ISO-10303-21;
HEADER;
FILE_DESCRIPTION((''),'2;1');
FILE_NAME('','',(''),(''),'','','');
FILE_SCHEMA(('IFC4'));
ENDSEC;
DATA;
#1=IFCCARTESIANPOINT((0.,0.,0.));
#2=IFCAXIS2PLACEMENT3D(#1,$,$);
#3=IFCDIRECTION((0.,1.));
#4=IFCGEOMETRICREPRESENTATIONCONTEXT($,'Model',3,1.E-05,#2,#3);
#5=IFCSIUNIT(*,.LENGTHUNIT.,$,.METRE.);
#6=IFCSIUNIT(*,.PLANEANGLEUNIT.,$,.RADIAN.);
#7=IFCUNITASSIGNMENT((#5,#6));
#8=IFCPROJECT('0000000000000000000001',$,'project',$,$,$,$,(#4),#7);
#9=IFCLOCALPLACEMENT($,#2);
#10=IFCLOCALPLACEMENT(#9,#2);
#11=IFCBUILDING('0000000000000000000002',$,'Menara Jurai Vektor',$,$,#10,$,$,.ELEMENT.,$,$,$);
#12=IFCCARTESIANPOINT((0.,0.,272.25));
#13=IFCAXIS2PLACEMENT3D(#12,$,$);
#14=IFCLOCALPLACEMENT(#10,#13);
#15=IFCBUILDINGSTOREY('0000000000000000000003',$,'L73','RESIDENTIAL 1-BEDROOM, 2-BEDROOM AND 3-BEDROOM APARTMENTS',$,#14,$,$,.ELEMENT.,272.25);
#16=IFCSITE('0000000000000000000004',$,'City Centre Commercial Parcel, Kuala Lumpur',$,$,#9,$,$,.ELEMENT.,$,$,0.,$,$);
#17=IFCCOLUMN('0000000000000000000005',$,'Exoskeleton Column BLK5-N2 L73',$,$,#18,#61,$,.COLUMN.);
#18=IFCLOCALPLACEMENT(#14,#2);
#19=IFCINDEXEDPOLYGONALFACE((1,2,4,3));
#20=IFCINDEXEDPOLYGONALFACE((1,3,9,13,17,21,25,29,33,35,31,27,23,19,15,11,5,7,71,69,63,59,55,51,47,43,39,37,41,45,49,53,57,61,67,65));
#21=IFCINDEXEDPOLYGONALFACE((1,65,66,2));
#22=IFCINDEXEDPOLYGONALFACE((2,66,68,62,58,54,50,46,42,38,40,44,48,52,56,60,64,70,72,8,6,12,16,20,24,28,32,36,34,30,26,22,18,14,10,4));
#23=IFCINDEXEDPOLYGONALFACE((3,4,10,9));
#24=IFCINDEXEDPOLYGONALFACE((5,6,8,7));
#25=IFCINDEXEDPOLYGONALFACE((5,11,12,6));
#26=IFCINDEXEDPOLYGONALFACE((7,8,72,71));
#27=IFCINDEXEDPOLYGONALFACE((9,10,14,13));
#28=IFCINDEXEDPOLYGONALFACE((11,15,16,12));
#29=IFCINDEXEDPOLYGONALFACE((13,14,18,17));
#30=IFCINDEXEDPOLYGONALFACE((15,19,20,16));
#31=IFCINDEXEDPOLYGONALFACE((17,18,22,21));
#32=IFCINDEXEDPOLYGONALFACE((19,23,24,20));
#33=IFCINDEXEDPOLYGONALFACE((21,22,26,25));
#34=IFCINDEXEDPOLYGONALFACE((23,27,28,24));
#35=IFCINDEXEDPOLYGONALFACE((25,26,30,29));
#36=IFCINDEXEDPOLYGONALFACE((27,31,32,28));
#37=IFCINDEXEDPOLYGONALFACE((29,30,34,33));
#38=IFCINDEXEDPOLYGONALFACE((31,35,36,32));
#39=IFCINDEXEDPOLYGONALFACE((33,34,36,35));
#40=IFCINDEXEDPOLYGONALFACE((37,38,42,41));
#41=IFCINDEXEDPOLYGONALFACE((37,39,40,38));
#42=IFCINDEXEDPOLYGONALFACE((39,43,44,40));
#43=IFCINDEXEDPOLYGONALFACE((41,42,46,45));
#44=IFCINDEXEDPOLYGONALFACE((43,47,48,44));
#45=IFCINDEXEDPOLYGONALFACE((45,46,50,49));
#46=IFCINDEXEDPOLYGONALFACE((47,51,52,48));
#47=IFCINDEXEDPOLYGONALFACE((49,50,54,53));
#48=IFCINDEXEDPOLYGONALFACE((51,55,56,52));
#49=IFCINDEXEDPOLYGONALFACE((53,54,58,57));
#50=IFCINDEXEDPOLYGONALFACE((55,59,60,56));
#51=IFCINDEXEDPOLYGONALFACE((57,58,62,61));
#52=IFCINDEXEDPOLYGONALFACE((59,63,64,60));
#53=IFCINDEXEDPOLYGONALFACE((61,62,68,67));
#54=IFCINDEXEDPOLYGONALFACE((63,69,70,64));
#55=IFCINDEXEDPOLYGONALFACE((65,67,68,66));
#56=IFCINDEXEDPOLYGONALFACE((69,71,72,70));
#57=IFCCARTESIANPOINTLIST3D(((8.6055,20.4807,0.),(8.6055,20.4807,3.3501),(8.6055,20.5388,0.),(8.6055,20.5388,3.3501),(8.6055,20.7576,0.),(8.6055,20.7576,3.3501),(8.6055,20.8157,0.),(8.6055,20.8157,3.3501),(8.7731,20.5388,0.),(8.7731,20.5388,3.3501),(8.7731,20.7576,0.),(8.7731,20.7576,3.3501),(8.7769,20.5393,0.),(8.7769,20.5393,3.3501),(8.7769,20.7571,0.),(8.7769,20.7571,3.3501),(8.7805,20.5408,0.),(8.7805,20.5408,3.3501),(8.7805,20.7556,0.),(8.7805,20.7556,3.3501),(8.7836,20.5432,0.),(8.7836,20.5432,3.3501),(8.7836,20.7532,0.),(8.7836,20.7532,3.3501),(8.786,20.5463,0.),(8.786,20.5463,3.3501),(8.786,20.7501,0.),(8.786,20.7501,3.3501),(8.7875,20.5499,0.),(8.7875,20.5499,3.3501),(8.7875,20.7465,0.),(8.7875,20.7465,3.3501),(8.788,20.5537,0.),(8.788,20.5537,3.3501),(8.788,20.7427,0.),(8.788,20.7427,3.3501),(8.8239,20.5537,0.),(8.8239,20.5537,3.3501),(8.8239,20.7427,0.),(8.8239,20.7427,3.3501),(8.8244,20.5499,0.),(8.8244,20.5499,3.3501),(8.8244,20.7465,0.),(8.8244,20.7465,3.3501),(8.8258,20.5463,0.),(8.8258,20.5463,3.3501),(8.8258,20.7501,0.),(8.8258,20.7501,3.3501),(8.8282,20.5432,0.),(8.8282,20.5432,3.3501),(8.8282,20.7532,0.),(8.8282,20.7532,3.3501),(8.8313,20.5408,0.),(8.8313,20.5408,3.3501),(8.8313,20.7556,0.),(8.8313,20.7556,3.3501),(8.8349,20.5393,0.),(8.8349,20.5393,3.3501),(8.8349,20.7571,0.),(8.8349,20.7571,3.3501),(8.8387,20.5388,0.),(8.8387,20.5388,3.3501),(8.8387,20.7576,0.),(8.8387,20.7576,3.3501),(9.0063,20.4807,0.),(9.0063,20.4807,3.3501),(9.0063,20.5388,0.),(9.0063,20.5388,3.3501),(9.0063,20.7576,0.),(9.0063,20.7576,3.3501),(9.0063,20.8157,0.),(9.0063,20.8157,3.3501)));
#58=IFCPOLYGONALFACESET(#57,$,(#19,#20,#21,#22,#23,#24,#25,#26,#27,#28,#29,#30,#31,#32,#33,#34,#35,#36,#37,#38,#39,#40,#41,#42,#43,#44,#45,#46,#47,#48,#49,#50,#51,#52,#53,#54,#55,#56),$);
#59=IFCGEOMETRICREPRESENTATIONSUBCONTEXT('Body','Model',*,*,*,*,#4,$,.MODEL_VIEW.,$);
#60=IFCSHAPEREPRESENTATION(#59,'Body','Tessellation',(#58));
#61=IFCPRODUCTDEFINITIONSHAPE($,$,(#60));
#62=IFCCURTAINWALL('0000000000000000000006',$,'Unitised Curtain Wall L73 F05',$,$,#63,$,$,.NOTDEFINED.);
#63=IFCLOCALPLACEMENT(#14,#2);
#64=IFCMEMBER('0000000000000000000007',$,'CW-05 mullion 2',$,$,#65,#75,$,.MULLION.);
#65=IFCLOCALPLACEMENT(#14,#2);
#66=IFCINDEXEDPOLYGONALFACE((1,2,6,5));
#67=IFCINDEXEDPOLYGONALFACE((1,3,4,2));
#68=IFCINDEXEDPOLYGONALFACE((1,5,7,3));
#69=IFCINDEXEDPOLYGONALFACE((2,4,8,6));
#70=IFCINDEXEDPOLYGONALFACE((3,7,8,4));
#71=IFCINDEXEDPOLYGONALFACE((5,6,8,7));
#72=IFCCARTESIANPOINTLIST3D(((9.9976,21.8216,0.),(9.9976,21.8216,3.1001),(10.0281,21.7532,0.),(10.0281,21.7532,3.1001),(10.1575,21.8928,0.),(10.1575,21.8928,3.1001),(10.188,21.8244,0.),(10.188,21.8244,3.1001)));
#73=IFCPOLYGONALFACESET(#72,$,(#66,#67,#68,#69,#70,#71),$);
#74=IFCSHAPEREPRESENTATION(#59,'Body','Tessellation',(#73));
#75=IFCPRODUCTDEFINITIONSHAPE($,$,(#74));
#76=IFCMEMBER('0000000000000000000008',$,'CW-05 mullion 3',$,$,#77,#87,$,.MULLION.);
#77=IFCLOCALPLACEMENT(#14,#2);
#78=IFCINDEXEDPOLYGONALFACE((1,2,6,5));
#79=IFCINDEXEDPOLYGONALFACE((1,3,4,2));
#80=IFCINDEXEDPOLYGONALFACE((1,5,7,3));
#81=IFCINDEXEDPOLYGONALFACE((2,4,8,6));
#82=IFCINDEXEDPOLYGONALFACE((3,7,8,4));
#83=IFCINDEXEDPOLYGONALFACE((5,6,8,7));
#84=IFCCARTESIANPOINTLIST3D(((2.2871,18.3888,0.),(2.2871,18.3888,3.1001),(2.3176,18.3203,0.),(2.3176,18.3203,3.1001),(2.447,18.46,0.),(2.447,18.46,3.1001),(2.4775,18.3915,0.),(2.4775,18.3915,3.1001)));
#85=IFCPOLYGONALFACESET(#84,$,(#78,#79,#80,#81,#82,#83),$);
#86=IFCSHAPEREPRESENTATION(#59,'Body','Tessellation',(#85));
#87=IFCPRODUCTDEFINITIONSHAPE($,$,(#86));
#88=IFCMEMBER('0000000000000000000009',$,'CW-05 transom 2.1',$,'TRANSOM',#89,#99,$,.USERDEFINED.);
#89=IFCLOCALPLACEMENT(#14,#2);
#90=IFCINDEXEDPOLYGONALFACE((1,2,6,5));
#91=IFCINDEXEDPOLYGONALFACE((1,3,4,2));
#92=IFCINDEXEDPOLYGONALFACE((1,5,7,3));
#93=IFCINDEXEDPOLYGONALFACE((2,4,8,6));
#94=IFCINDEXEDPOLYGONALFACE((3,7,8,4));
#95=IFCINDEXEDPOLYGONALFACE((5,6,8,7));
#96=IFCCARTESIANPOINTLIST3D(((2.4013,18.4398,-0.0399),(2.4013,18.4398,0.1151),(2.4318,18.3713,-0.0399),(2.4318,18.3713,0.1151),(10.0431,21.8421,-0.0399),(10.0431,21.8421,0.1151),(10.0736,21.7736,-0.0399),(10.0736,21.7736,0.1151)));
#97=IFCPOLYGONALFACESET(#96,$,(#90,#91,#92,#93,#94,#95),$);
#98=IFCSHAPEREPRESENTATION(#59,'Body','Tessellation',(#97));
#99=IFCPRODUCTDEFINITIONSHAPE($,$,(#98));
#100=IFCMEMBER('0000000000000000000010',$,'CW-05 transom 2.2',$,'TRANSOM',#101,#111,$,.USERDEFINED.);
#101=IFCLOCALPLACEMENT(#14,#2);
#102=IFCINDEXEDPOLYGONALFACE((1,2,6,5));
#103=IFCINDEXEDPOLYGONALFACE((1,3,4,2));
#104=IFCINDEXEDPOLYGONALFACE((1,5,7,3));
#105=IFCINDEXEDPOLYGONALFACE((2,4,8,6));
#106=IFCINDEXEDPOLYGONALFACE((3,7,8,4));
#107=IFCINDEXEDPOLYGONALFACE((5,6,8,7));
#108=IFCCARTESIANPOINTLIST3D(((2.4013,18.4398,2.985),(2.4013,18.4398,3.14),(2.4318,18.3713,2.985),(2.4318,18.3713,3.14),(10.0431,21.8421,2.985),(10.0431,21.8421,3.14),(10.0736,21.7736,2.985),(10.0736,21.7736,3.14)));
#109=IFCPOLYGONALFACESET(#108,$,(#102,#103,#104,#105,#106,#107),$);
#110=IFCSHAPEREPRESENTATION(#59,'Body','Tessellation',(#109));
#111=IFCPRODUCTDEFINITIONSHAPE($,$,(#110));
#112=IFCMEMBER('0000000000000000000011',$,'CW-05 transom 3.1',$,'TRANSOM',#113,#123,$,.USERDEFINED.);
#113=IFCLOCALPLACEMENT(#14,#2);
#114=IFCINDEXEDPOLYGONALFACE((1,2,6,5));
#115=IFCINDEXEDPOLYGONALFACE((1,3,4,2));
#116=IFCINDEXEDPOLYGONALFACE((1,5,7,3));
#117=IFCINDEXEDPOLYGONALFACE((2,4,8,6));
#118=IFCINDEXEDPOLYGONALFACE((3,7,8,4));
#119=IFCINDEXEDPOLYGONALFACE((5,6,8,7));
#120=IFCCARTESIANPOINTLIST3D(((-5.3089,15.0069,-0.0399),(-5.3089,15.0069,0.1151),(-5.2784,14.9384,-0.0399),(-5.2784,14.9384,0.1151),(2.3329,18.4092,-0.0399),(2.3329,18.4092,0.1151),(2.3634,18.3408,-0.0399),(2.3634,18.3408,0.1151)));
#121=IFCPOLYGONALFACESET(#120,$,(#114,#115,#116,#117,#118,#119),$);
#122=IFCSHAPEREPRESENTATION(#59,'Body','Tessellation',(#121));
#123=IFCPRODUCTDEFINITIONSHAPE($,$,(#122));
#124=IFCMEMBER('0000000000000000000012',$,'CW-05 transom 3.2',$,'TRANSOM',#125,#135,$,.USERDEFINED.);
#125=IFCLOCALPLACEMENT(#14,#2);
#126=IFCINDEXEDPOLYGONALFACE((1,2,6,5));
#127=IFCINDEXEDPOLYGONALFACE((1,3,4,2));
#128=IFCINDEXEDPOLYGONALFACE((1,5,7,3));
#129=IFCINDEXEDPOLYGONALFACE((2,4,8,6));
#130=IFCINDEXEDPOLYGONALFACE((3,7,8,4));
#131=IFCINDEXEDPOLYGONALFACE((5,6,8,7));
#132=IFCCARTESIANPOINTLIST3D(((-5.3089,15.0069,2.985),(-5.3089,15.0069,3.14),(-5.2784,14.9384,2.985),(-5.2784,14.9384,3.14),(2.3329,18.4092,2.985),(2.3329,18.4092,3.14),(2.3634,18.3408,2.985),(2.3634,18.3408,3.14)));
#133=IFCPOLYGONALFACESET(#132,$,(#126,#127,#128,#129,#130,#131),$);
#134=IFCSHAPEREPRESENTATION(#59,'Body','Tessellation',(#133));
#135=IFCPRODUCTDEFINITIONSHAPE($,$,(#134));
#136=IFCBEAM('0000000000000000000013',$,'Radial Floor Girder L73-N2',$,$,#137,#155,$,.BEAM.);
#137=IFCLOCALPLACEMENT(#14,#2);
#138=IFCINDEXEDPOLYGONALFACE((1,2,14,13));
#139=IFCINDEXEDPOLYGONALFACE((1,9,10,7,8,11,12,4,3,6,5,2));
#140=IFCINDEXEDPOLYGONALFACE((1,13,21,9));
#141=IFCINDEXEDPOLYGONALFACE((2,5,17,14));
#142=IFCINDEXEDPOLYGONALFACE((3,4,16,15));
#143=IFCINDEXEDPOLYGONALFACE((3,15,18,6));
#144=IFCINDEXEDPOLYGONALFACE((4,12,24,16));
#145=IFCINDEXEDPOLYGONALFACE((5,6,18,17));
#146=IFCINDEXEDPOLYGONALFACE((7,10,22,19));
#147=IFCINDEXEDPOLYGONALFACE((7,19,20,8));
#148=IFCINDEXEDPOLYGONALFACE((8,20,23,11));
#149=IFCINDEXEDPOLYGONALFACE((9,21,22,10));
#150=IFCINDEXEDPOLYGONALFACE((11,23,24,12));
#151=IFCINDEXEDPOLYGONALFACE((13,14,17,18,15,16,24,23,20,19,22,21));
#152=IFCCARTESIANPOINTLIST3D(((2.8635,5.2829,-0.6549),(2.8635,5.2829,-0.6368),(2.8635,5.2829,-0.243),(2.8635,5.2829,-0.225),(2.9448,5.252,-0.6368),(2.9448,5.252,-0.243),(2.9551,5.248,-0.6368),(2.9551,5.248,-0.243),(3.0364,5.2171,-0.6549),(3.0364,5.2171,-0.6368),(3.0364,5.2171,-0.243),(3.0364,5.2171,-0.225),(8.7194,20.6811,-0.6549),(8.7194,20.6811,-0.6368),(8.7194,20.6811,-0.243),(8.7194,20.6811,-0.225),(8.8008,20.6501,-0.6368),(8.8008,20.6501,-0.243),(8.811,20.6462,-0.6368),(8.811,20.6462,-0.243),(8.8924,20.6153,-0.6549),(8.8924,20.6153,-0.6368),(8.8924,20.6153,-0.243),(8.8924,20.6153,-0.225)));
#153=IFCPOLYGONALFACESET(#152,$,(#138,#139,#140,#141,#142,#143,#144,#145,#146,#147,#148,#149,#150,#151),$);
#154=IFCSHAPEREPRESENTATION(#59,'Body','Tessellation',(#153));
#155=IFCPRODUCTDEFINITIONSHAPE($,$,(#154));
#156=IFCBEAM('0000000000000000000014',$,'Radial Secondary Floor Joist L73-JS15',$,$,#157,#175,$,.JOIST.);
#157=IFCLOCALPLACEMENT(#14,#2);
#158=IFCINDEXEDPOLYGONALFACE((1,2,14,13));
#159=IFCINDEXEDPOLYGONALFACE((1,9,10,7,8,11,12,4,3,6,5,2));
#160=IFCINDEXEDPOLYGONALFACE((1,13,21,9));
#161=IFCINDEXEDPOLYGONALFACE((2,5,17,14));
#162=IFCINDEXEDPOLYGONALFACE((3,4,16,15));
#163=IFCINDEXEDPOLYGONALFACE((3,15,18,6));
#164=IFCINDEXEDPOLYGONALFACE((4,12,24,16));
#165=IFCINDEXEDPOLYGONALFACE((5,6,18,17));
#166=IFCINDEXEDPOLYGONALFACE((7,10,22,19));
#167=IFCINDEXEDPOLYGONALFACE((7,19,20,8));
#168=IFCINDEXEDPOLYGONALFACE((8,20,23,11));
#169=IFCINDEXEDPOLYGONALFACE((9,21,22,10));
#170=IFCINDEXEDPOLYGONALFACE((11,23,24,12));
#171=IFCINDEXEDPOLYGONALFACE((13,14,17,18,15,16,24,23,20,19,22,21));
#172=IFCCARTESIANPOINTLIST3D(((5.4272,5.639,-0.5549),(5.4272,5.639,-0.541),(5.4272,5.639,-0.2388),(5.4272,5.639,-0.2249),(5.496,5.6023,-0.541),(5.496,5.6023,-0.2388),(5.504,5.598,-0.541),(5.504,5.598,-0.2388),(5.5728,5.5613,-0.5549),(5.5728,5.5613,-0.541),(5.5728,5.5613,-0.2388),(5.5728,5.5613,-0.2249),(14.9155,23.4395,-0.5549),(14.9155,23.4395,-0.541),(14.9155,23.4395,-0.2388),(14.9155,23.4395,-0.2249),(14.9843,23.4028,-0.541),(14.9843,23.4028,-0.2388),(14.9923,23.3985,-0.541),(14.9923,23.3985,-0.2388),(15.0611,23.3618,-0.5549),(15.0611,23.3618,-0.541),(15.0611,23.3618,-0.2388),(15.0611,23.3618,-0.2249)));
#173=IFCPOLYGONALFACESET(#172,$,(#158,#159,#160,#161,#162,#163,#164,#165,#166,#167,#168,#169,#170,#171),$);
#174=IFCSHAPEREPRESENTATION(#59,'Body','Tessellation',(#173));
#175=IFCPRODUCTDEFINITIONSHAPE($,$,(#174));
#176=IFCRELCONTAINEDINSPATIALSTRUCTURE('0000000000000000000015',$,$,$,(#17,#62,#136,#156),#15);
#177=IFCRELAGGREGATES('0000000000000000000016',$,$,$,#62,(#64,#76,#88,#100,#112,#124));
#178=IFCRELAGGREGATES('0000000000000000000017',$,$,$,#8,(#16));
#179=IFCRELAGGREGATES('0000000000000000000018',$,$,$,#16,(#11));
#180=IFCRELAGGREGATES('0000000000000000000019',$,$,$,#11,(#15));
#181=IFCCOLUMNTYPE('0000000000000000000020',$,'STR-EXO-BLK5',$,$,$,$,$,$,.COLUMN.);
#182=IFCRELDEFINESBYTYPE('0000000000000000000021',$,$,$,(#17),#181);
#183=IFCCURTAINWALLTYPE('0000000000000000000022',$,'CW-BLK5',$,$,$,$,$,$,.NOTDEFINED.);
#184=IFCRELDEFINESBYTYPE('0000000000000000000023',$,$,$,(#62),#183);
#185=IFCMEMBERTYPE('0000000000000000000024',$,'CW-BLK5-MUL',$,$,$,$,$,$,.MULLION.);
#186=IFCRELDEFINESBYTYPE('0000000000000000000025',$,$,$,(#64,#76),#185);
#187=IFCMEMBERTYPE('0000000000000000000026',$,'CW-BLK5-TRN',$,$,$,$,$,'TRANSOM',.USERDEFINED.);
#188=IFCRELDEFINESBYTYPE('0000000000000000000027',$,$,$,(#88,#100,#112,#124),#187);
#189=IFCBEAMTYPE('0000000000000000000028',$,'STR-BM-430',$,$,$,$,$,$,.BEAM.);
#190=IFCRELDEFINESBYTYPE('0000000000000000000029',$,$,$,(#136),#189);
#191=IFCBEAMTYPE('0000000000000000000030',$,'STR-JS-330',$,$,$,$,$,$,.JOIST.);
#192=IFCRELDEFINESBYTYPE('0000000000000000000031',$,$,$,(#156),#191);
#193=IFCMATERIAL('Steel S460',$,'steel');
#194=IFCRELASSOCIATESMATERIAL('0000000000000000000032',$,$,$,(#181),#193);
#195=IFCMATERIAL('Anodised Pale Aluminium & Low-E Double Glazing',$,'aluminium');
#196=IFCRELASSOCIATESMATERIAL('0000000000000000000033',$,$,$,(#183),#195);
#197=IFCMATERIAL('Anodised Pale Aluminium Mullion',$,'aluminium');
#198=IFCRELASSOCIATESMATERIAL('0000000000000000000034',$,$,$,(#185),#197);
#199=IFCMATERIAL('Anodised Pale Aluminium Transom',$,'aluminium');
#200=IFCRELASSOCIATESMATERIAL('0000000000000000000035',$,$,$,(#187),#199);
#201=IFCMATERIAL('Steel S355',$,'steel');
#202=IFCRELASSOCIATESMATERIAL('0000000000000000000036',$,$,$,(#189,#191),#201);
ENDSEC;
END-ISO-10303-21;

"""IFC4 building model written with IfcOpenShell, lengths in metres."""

from ifc_helpers import new_model, si_unit, direction, frame, origin, origin_2d, place, context, subcontext, project, spatial, rectangle, i_section, extrude, material, material_profile, profile_set, type_object, element, aggregate, save


model = new_model("IFC4")

# Units and contexts
model_context = context("Model", 3, precision=1e-05, world=origin(), true_north=direction((0.0, 1.0)))
body_context = subcontext(model_context, "Body", "Model", "MODEL_VIEW")
ifc_project = project(units=[si_unit("LENGTHUNIT", "METRE"), si_unit("PLANEANGLEUNIT", "RADIAN")], contexts=[model_context])

# Site, building, storey
site_placement = place(None, origin())
site = spatial("IfcSite", under=ifc_project, at=site_placement, Name="City Centre Commercial Parcel, Kuala Lumpur", CompositionType="ELEMENT", RefElevation=0.0)
building_placement = place(site_placement, origin())
building = spatial("IfcBuilding", under=site, at=building_placement, Name="Menara Jurai Vektor", CompositionType="ELEMENT")
storey_placement = place(building_placement, frame((0.0, 0.0, 272.25)))
storey = spatial("IfcBuildingStorey", under=building, at=storey_placement, Name="L73", Description="RESIDENTIAL 1-BEDROOM, 2-BEDROOM AND 3-BEDROOM APARTMENTS", CompositionType="ELEMENT", Elevation=272.25)

# Column
ifc_material_1 = material(Name="Steel S460", Category="steel")
ifc_material_profile_1 = material_profile(ifc_material_1, i_section(OverallWidth=0.4009, OverallDepth=0.335, WebThickness=0.0359, FlangeThickness=0.0581, FilletRadius=0.0149, at=origin_2d()), Name="HD 400x463")
ifc_profile_set_1 = profile_set([ifc_material_profile_1], Name="Steel S460")
column_type = type_object("IfcColumnType", Name="STR-EXO-BLK5", PredefinedType="COLUMN", material=ifc_profile_set_1)
column_placement = place(storey_placement, frame((8.8059, 20.6482, 0.0), z_axis=(0.0, 0.0, 1.0), x_axis=(1.0, 0.0, 0.0)))
element("IfcColumn", 1, at=column_placement, inside=storey, type_object=column_type, Name="Exoskeleton Column BLK5-N2 L73", PredefinedType="COLUMN", context=body_context, shape_type="SweptSolid", body=[
    extrude(i_section(OverallWidth=0.4009, OverallDepth=0.335, WebThickness=0.0359, FlangeThickness=0.0581, FilletRadius=0.0149, at=origin_2d()), origin(), (0.0, 0.0, 1.0), 3.3501),
])

# Curtain wall, members
ifc_material_2 = material(Name="Anodised Pale Aluminium & Low-E Double Glazing", Category="aluminium")
curtain_wall_type = type_object("IfcCurtainWallType", Name="CW-BLK5", PredefinedType="NOTDEFINED", material=ifc_material_2)
curtain_wall_placement = place(storey_placement, origin())
curtain_wall = element("IfcCurtainWall", 2, at=curtain_wall_placement, inside=storey, type_object=curtain_wall_type, Name="Unitised Curtain Wall L73 F05", PredefinedType="NOTDEFINED")
ifc_material_3 = material(Name="Anodised Pale Aluminium Mullion", Category="aluminium")
ifc_material_profile_2 = material_profile(ifc_material_3, rectangle(XDim=0.075, YDim=0.175, at=origin_2d()), Name="ALU MUL 75x175")
ifc_profile_set_2 = profile_set([ifc_material_profile_2], Name="Anodised Pale Aluminium Mullion")
member_type_1 = type_object("IfcMemberType", Name="CW-BLK5-MUL", PredefinedType="MULLION", material=ifc_profile_set_2)
member_1_placement = place(storey_placement, frame((10.0928, 21.823, 0.0), z_axis=(0.0, 0.0, 1.0), x_axis=(0.406735, -0.913546, 0.0)))
member_1 = element("IfcMember", 3, at=member_1_placement, type_object=member_type_1, Name="CW-05 mullion 2", PredefinedType="MULLION", context=body_context, shape_type="SweptSolid", body=[
    extrude(rectangle(XDim=0.075, YDim=0.175, at=origin_2d()), origin(), (0.0, 0.0, 1.0), 3.1001),
])
member_2_placement = place(storey_placement, frame((2.3823, 18.3901, 0.0), z_axis=(0.0, 0.0, 1.0), x_axis=(0.406735, -0.913546, 0.0)))
member_2 = element("IfcMember", 4, at=member_2_placement, type_object=member_type_1, Name="CW-05 mullion 3", PredefinedType="MULLION", context=body_context, shape_type="SweptSolid", body=[
    extrude(rectangle(XDim=0.075, YDim=0.175, at=origin_2d()), origin(), (0.0, 0.0, 1.0), 3.1001),
])
ifc_material_4 = material(Name="Anodised Pale Aluminium Transom", Category="aluminium")
ifc_material_profile_3 = material_profile(ifc_material_4, rectangle(XDim=0.075, YDim=0.155, at=origin_2d()), Name="ALU TRN 75x155")
ifc_profile_set_3 = profile_set([ifc_material_profile_3], Name="Anodised Pale Aluminium Transom")
member_type_2 = type_object("IfcMemberType", Name="CW-BLK5-TRN", ElementType="TRANSOM", PredefinedType="USERDEFINED", material=ifc_profile_set_3)
member_3_placement = place(storey_placement, frame((10.0583, 21.8079, 0.0376), z_axis=(-0.913547, -0.406734, 0.0), x_axis=(0.406734, -0.913547, 0.0)))
member_3 = element("IfcMember", 5, at=member_3_placement, type_object=member_type_2, Name="CW-05 transom 2.1", ObjectType="TRANSOM", PredefinedType="USERDEFINED", context=body_context, shape_type="SweptSolid", body=[
    extrude(rectangle(XDim=0.075, YDim=0.155, at=origin_2d()), origin(), (0.0, 0.0, 1.0), 8.365),
])
member_4_placement = place(storey_placement, frame((10.0583, 21.8079, 3.0625), z_axis=(-0.913547, -0.406734, 0.0), x_axis=(0.406734, -0.913547, 0.0)))
member_4 = element("IfcMember", 6, at=member_4_placement, type_object=member_type_2, Name="CW-05 transom 2.2", ObjectType="TRANSOM", PredefinedType="USERDEFINED", context=body_context, shape_type="SweptSolid", body=[
    extrude(rectangle(XDim=0.075, YDim=0.155, at=origin_2d()), origin(), (0.0, 0.0, 1.0), 8.365),
])
member_5_placement = place(storey_placement, frame((2.3481, 18.375, 0.0376), z_axis=(-0.913547, -0.406734, 0.0), x_axis=(0.406734, -0.913547, 0.0)))
member_5 = element("IfcMember", 7, at=member_5_placement, type_object=member_type_2, Name="CW-05 transom 3.1", ObjectType="TRANSOM", PredefinedType="USERDEFINED", context=body_context, shape_type="SweptSolid", body=[
    extrude(rectangle(XDim=0.075, YDim=0.155, at=origin_2d()), origin(), (0.0, 0.0, 1.0), 8.365),
])
member_6_placement = place(storey_placement, frame((2.3481, 18.375, 3.0625), z_axis=(-0.913547, -0.406734, 0.0), x_axis=(0.406734, -0.913547, 0.0)))
member_6 = element("IfcMember", 8, at=member_6_placement, type_object=member_type_2, Name="CW-05 transom 3.2", ObjectType="TRANSOM", PredefinedType="USERDEFINED", context=body_context, shape_type="SweptSolid", body=[
    extrude(rectangle(XDim=0.075, YDim=0.155, at=origin_2d()), origin(), (0.0, 0.0, 1.0), 8.365),
])

# Beams
ifc_material_5 = material(Name="Steel S355", Category="steel")
ifc_material_profile_4 = material_profile(ifc_material_5, i_section(OverallWidth=0.1851, OverallDepth=0.4299, WebThickness=0.011, FlangeThickness=0.0181, at=origin_2d()), Name="PG 430x185x76")
ifc_profile_set_4 = profile_set([ifc_material_profile_4], Name="Steel S355")
beam_type_1 = type_object("IfcBeamType", Name="STR-BM-430", PredefinedType="BEAM", material=ifc_profile_set_4)
beam_1_placement = place(storey_placement, frame((8.8059, 20.6482, -0.4399), z_axis=(-0.355464, -0.93469, 0.0), x_axis=(0.93469, -0.355464, 0.0)))
element("IfcBeam", 9, at=beam_1_placement, inside=storey, type_object=beam_type_1, Name="Radial Floor Girder L73-N2", PredefinedType="BEAM", context=body_context, shape_type="SweptSolid", body=[
    extrude(i_section(OverallWidth=0.1851, OverallDepth=0.4299, WebThickness=0.011, FlangeThickness=0.0181, at=origin_2d()), origin(), (0.0, 0.0, 1.0), 16.4741),
])
ifc_material_profile_5 = material_profile(ifc_material_5, i_section(OverallWidth=0.165, OverallDepth=0.3301, WebThickness=0.009, FlangeThickness=0.0139, at=origin_2d()), Name="PG 330x165x46")
ifc_profile_set_5 = profile_set([ifc_material_profile_5], Name="Steel S355")
beam_type_2 = type_object("IfcBeamType", Name="STR-JS-330", PredefinedType="JOIST", material=ifc_profile_set_5)
beam_2_placement = place(storey_placement, frame((14.9883, 23.4006, -0.3899), z_axis=(-0.470382, -0.882463, 0.0), x_axis=(0.882463, -0.470382, 0.0)))
element("IfcBeam", 10, at=beam_2_placement, inside=storey, type_object=beam_type_2, Name="Radial Secondary Floor Joist L73-JS15", PredefinedType="JOIST", context=body_context, shape_type="SweptSolid", body=[
    extrude(i_section(OverallWidth=0.165, OverallDepth=0.3301, WebThickness=0.009, FlangeThickness=0.0139, at=origin_2d()), origin(), (0.0, 0.0, 1.0), 20.1714),
])

aggregate(curtain_wall, [member_1, member_2, member_3, member_4, member_5, member_6])

save(model, "model.ifc")
